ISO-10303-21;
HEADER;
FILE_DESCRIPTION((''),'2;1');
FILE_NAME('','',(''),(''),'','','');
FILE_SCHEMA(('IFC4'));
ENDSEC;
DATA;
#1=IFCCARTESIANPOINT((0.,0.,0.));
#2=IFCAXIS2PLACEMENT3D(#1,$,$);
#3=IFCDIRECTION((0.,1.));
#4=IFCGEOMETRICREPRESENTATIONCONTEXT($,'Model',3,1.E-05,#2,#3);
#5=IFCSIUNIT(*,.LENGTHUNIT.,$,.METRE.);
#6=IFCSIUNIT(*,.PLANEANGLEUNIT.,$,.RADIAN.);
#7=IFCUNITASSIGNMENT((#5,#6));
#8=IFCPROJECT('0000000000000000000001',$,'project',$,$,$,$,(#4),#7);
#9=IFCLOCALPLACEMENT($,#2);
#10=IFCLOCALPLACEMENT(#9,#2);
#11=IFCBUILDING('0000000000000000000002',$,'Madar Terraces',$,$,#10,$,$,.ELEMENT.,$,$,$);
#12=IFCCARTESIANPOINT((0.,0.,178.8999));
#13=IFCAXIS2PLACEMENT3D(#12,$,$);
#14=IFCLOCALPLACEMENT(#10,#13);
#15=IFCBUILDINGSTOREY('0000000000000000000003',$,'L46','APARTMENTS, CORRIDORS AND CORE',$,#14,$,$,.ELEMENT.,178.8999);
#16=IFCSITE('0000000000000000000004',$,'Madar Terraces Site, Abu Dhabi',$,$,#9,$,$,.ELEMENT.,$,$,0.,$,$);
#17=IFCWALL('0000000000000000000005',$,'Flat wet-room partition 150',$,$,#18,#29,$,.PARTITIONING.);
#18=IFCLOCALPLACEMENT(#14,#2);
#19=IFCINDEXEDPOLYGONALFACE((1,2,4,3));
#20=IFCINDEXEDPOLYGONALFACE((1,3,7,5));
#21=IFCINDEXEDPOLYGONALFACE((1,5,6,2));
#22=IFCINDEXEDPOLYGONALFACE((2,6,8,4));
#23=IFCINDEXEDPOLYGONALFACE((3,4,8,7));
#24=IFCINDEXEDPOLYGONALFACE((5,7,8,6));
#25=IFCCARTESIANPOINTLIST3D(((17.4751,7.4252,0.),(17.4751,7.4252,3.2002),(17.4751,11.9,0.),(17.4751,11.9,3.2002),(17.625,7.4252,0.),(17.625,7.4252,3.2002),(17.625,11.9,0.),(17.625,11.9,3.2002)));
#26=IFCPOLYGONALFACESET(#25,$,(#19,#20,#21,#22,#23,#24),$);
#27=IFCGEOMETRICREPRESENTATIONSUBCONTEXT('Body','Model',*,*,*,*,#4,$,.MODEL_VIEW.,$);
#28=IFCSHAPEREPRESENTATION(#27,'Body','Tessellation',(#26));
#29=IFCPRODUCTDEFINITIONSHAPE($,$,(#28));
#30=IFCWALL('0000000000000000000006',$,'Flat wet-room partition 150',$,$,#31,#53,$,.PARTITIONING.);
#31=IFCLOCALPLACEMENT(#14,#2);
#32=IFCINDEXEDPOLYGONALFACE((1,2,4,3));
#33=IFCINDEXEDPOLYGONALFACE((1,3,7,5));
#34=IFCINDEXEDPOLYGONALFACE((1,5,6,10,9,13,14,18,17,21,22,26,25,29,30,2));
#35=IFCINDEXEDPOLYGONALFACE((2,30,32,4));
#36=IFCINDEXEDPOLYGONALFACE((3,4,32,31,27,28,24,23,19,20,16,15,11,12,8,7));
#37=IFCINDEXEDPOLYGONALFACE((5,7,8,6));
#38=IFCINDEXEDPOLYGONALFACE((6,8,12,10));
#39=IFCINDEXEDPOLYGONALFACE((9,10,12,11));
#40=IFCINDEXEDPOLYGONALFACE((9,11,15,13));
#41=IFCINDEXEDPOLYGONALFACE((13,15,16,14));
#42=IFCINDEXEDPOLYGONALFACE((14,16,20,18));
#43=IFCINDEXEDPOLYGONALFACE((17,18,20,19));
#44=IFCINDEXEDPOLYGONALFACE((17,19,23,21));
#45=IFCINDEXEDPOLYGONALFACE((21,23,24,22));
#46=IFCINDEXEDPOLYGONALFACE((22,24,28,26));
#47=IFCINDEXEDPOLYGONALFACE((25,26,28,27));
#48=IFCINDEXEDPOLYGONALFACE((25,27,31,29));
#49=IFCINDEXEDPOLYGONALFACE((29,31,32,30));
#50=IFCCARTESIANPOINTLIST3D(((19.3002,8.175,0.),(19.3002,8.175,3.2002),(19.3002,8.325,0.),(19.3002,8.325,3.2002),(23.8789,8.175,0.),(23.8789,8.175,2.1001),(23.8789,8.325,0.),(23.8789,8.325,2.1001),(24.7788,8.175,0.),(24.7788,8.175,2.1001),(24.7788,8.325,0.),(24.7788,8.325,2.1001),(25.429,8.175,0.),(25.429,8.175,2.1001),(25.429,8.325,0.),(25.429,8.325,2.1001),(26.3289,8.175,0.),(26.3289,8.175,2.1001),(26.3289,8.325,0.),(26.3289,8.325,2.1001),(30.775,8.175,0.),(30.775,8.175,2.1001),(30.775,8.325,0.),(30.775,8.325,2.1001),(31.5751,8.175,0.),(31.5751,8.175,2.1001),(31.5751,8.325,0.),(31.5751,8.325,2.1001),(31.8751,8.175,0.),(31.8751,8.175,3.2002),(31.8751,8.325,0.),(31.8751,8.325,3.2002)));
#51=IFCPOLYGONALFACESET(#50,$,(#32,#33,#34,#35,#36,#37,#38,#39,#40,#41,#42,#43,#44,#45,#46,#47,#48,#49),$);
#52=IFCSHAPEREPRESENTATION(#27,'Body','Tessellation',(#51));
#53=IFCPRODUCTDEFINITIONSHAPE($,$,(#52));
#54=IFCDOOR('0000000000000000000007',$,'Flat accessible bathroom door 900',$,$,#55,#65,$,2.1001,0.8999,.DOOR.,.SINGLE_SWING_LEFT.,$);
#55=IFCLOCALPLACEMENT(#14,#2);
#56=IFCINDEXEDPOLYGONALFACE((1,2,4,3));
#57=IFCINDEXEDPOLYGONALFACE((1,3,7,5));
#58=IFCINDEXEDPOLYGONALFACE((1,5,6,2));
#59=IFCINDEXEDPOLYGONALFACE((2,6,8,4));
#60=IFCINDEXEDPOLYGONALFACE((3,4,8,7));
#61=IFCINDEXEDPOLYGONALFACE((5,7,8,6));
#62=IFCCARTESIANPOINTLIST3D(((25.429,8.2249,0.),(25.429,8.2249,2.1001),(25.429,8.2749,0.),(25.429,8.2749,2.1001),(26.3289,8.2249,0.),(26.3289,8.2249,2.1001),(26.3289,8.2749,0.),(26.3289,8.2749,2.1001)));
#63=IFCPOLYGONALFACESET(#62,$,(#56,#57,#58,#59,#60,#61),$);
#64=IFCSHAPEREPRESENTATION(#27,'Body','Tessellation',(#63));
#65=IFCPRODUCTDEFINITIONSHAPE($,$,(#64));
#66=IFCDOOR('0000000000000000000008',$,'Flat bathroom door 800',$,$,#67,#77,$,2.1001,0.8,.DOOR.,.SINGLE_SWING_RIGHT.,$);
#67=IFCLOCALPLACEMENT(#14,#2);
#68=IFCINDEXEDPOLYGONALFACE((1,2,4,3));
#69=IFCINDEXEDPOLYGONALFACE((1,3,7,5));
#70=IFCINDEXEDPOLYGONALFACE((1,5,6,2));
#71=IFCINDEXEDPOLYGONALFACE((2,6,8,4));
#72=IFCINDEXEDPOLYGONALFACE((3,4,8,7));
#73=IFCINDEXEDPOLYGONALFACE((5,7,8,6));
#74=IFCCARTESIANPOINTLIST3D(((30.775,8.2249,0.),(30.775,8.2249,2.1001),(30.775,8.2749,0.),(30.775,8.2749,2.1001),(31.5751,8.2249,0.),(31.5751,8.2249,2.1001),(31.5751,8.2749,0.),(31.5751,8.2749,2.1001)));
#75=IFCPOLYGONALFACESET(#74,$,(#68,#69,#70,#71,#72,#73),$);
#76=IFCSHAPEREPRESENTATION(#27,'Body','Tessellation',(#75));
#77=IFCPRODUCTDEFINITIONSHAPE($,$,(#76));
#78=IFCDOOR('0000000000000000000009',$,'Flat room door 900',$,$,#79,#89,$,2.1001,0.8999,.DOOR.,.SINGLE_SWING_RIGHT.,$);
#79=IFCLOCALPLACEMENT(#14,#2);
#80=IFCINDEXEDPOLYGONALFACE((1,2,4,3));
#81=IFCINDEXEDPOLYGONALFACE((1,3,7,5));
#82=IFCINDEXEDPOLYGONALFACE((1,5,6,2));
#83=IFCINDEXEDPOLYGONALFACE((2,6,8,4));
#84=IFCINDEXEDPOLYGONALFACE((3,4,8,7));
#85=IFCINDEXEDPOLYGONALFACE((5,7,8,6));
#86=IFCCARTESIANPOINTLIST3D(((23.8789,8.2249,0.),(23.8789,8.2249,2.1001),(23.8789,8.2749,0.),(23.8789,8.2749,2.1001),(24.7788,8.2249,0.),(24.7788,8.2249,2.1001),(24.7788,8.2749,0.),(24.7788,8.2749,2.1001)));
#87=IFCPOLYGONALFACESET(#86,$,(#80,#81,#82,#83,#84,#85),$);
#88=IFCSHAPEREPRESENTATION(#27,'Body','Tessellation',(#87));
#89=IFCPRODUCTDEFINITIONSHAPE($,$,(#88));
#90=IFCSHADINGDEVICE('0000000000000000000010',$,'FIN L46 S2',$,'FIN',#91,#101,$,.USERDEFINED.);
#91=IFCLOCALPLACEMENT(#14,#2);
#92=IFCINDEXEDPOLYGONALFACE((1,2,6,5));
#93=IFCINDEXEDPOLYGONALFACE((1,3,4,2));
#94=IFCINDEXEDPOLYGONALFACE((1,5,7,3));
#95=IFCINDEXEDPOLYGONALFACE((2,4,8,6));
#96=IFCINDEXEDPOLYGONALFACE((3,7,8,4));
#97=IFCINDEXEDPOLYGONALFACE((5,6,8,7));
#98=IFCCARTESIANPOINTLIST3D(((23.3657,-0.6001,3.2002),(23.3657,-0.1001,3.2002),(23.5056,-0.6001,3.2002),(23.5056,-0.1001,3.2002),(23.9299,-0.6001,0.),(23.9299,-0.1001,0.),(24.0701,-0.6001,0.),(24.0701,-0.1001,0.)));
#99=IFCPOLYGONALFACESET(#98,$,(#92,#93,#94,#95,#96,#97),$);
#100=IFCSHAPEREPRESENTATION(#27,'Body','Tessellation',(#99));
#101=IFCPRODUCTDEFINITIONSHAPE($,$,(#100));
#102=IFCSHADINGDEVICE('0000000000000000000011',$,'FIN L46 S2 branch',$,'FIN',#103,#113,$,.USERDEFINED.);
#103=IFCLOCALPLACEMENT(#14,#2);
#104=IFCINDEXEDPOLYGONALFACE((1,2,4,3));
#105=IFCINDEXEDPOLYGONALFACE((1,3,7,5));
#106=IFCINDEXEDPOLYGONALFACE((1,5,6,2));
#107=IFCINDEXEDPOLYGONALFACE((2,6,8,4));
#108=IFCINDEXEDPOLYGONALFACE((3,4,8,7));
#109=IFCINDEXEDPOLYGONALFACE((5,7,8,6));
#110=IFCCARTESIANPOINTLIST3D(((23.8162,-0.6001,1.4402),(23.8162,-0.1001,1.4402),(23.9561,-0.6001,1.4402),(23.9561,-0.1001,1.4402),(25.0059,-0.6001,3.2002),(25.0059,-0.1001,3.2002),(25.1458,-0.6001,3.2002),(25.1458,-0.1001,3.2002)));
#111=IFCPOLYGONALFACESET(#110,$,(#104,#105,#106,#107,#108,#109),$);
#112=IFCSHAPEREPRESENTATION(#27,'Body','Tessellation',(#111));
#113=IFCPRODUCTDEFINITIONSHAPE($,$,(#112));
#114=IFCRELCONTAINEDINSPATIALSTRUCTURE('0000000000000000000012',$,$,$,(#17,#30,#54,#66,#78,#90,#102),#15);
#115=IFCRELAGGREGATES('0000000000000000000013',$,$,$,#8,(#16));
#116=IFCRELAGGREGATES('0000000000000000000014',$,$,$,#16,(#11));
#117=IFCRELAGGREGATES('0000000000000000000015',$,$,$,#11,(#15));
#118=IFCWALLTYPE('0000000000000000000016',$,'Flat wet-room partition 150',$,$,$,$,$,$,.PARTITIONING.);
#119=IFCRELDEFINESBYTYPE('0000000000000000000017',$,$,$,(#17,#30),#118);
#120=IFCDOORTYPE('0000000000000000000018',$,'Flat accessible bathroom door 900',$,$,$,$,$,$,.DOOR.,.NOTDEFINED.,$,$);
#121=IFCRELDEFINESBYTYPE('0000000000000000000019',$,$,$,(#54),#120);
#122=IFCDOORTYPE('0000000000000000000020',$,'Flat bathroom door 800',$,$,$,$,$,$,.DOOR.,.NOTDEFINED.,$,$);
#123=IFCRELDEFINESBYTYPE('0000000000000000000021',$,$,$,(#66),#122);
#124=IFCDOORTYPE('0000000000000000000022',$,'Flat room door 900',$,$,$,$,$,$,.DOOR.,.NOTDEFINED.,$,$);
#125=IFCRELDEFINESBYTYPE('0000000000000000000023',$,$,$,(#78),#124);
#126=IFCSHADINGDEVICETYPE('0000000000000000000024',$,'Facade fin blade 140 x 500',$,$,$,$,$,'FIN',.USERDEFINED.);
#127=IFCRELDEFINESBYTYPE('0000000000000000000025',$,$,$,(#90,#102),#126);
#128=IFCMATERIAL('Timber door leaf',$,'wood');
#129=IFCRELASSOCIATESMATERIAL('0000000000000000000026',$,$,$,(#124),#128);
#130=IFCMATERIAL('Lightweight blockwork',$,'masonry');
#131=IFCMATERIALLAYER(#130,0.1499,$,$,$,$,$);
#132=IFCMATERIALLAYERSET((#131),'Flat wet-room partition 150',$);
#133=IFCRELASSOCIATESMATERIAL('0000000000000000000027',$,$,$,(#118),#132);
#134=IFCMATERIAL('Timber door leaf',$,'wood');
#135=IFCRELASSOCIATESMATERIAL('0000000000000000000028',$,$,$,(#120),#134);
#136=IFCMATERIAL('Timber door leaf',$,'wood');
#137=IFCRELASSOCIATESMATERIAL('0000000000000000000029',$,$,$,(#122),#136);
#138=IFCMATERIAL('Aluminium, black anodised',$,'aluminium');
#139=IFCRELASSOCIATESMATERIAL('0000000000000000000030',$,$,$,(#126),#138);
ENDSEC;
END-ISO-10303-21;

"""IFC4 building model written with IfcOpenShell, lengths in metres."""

from ifc_helpers import new_model, si_unit, direction, frame, frame_2d, origin, place, context, subcontext, project, spatial, polyline, rectangle, outline, extrude, material, layer, layer_set, type_object, element, fill, save


model = new_model("IFC4")

# Units and contexts
model_context = context("Model", 3, precision=1e-05, world=origin(), true_north=direction((0.0, 1.0)))
body_context = subcontext(model_context, "Body", "Model", "MODEL_VIEW")
ifc_project = project(units=[si_unit("LENGTHUNIT", "METRE"), si_unit("PLANEANGLEUNIT", "RADIAN")], contexts=[model_context])

# Site, building, storey
site_placement = place(None, origin())
site = spatial("IfcSite", under=ifc_project, at=site_placement, Name="Madar Terraces Site, Abu Dhabi", CompositionType="ELEMENT", RefElevation=0.0)
building_placement = place(site_placement, origin())
building = spatial("IfcBuilding", under=site, at=building_placement, Name="Madar Terraces", CompositionType="ELEMENT")
storey_placement = place(building_placement, frame((0.0, 0.0, 178.8999)))
storey = spatial("IfcBuildingStorey", under=building, at=storey_placement, Name="L46", Description="APARTMENTS, CORRIDORS AND CORE", CompositionType="ELEMENT", Elevation=178.8999)

# Shared definitions
ifc_material_1 = material(Name="Timber door leaf", Category="wood")
door_type_1 = type_object("IfcDoorType", Name="Flat room door 900", OperationType="NOTDEFINED", PredefinedType="DOOR", material=ifc_material_1)

# Wall
ifc_material_2 = material(Name="Lightweight blockwork", Category="masonry")
ifc_layer_1 = layer(ifc_material_2, 0.1499)
ifc_layer_set_1 = layer_set([ifc_layer_1], Name="Flat wet-room partition 150")
wall_type_1 = type_object("IfcWallType", Name="Flat wet-room partition 150", PredefinedType="PARTITIONING", material=ifc_layer_set_1)
wall_1_placement = place(storey_placement, frame((17.55, 11.8999, 0.0), z_axis=(0.0, 0.0, 1.0), x_axis=(0.0, -1.0, 0.0)))
element("IfcWall", 1, at=wall_1_placement, inside=storey, type_object=wall_type_1, Name="Flat wet-room partition 150", PredefinedType="PARTITIONING", context=body_context, shape_type="SweptSolid", body=[
    extrude(rectangle(XDim=4.4749, YDim=0.1499, at=frame_2d((2.2373, 0.0))), origin(), (0.0, 0.0, 1.0), 3.2002),
])

# Wall, openings, doors
wall_2_placement = place(storey_placement, frame((19.3, 8.25, 0.0), z_axis=(0.0, 0.0, 1.0), x_axis=(1.0, 0.0, 0.0)))
wall_2 = element("IfcWall", 2, at=wall_2_placement, inside=storey, type_object=wall_type_1, Name="Flat wet-room partition 150", PredefinedType="PARTITIONING", context=body_context, shape_type="SweptSolid", body=[
    extrude(rectangle(XDim=12.575, YDim=0.1499, at=frame_2d((6.2876, 0.0))), origin(), (0.0, 0.0, 1.0), 3.2002),
])
opening_1_placement = place(wall_2_placement, frame((11.4751, 0.0, 0.0)))
opening_1 = element("IfcOpeningElement", 3, at=opening_1_placement, cuts=wall_2, PredefinedType="OPENING", context=body_context, shape_type="SweptSolid", body=[
    extrude(rectangle(XDim=0.8, YDim=2.1001, at=frame_2d((0.3999, 1.05))), frame((0.0, 0.085, 0.0), z_axis=(0.0, -1.0, 0.0), x_axis=(1.0, 0.0, 0.0)), (0.0, 0.0, 1.0), 0.1699),
])
opening_2_placement = place(wall_2_placement, frame((6.1289, 0.0, 0.0)))
opening_2 = element("IfcOpeningElement", 4, at=opening_2_placement, cuts=wall_2, PredefinedType="OPENING", context=body_context, shape_type="SweptSolid", body=[
    extrude(rectangle(XDim=0.8999, YDim=2.1001, at=frame_2d((0.45, 1.05))), frame((0.0, 0.085, 0.0), z_axis=(0.0, -1.0, 0.0), x_axis=(1.0, 0.0, 0.0)), (0.0, 0.0, 1.0), 0.1699),
])
opening_3_placement = place(wall_2_placement, frame((4.5789, 0.0, 0.0)))
opening_3 = element("IfcOpeningElement", 5, at=opening_3_placement, cuts=wall_2, PredefinedType="OPENING", context=body_context, shape_type="SweptSolid", body=[
    extrude(rectangle(XDim=0.8999, YDim=2.1001, at=frame_2d((0.45, 1.05))), frame((0.0, 0.085, 0.0), z_axis=(0.0, -1.0, 0.0), x_axis=(1.0, 0.0, 0.0)), (0.0, 0.0, 1.0), 0.1699),
])
ifc_material_3 = material(Name="Timber door leaf", Category="wood")
door_type_2 = type_object("IfcDoorType", Name="Flat accessible bathroom door 900", OperationType="NOTDEFINED", PredefinedType="DOOR", material=ifc_material_3)
door_1_placement = place(opening_2_placement, origin())
door_1 = element("IfcDoor", 6, at=door_1_placement, inside=storey, type_object=door_type_2, Name="Flat accessible bathroom door 900", OperationType="SINGLE_SWING_LEFT", OverallHeight=2.1001, OverallWidth=0.8999, PredefinedType="DOOR", context=body_context, shape_type="SweptSolid", body=[
    extrude(rectangle(XDim=0.8999, YDim=2.1001, at=frame_2d((0.45, 1.05))), frame((0.0, 0.0249, 0.0), z_axis=(0.0, -1.0, 0.0), x_axis=(1.0, 0.0, 0.0)), (0.0, 0.0, 1.0), 0.05),
])
fill(opening_2, door_1)
ifc_material_4 = material(Name="Timber door leaf", Category="wood")
door_type_3 = type_object("IfcDoorType", Name="Flat bathroom door 800", OperationType="NOTDEFINED", PredefinedType="DOOR", material=ifc_material_4)
door_2_placement = place(opening_1_placement, origin())
door_2 = element("IfcDoor", 7, at=door_2_placement, inside=storey, type_object=door_type_3, Name="Flat bathroom door 800", OperationType="SINGLE_SWING_RIGHT", OverallHeight=2.1001, OverallWidth=0.8, PredefinedType="DOOR", context=body_context, shape_type="SweptSolid", body=[
    extrude(rectangle(XDim=0.8, YDim=2.1001, at=frame_2d((0.3999, 1.05))), frame((0.0, 0.0249, 0.0), z_axis=(0.0, -1.0, 0.0), x_axis=(1.0, 0.0, 0.0)), (0.0, 0.0, 1.0), 0.05),
])
fill(opening_1, door_2)
door_3_placement = place(opening_3_placement, origin())
door_3 = element("IfcDoor", 8, at=door_3_placement, inside=storey, type_object=door_type_1, Name="Flat room door 900", OperationType="SINGLE_SWING_RIGHT", OverallHeight=2.1001, OverallWidth=0.8999, PredefinedType="DOOR", context=body_context, shape_type="SweptSolid", body=[
    extrude(rectangle(XDim=0.8999, YDim=2.1001, at=frame_2d((0.45, 1.05))), frame((0.0, 0.0249, 0.0), z_axis=(0.0, -1.0, 0.0), x_axis=(1.0, 0.0, 0.0)), (0.0, 0.0, 1.0), 0.05),
])
fill(opening_3, door_3)

# Shading devices
ifc_material_5 = material(Name="Aluminium, black anodised", Category="aluminium")
shading_device_type = type_object("IfcShadingDeviceType", Name="Facade fin blade 140 x 500", ElementType="FIN", PredefinedType="USERDEFINED", material=ifc_material_5)
shading_device_1_placement = place(storey_placement, frame((23.9299, -0.3501, 0.0), z_axis=(0.0, 0.0, 1.0), x_axis=(1.0, 0.0, 0.0)))
element("IfcShadingDevice", 9, at=shading_device_1_placement, inside=storey, type_object=shading_device_type, Name="FIN L46 S2", ObjectType="FIN", PredefinedType="USERDEFINED", context=body_context, shape_type="SweptSolid", body=[
    extrude(outline(polyline([(0.0, 0.0), (0.1401, 0.0), (-0.4243, 3.2002), (-0.5642, 3.2002), (0.0, 0.0)])), frame((0.0, 0.25, 0.0), z_axis=(0.0, -1.0, 0.0), x_axis=(1.0, 0.0, 0.0)), (0.0, 0.0, 1.0), 0.5),
])
shading_device_2_placement = place(storey_placement, frame((23.8162, -0.3501, 1.4402), z_axis=(0.0, 0.0, 1.0), x_axis=(1.0, 0.0, 0.0)))
element("IfcShadingDevice", 10, at=shading_device_2_placement, inside=storey, type_object=shading_device_type, Name="FIN L46 S2 branch", ObjectType="FIN", PredefinedType="USERDEFINED", context=body_context, shape_type="SweptSolid", body=[
    extrude(outline(polyline([(0.0, 0.0), (0.1399, 0.0), (1.3296, 1.76), (1.1897, 1.76), (0.0, 0.0)])), frame((0.0, 0.25, 0.0), z_axis=(0.0, -1.0, 0.0), x_axis=(1.0, 0.0, 0.0)), (0.0, 0.0, 1.0), 0.5),
])

save(model, "model.ifc")
